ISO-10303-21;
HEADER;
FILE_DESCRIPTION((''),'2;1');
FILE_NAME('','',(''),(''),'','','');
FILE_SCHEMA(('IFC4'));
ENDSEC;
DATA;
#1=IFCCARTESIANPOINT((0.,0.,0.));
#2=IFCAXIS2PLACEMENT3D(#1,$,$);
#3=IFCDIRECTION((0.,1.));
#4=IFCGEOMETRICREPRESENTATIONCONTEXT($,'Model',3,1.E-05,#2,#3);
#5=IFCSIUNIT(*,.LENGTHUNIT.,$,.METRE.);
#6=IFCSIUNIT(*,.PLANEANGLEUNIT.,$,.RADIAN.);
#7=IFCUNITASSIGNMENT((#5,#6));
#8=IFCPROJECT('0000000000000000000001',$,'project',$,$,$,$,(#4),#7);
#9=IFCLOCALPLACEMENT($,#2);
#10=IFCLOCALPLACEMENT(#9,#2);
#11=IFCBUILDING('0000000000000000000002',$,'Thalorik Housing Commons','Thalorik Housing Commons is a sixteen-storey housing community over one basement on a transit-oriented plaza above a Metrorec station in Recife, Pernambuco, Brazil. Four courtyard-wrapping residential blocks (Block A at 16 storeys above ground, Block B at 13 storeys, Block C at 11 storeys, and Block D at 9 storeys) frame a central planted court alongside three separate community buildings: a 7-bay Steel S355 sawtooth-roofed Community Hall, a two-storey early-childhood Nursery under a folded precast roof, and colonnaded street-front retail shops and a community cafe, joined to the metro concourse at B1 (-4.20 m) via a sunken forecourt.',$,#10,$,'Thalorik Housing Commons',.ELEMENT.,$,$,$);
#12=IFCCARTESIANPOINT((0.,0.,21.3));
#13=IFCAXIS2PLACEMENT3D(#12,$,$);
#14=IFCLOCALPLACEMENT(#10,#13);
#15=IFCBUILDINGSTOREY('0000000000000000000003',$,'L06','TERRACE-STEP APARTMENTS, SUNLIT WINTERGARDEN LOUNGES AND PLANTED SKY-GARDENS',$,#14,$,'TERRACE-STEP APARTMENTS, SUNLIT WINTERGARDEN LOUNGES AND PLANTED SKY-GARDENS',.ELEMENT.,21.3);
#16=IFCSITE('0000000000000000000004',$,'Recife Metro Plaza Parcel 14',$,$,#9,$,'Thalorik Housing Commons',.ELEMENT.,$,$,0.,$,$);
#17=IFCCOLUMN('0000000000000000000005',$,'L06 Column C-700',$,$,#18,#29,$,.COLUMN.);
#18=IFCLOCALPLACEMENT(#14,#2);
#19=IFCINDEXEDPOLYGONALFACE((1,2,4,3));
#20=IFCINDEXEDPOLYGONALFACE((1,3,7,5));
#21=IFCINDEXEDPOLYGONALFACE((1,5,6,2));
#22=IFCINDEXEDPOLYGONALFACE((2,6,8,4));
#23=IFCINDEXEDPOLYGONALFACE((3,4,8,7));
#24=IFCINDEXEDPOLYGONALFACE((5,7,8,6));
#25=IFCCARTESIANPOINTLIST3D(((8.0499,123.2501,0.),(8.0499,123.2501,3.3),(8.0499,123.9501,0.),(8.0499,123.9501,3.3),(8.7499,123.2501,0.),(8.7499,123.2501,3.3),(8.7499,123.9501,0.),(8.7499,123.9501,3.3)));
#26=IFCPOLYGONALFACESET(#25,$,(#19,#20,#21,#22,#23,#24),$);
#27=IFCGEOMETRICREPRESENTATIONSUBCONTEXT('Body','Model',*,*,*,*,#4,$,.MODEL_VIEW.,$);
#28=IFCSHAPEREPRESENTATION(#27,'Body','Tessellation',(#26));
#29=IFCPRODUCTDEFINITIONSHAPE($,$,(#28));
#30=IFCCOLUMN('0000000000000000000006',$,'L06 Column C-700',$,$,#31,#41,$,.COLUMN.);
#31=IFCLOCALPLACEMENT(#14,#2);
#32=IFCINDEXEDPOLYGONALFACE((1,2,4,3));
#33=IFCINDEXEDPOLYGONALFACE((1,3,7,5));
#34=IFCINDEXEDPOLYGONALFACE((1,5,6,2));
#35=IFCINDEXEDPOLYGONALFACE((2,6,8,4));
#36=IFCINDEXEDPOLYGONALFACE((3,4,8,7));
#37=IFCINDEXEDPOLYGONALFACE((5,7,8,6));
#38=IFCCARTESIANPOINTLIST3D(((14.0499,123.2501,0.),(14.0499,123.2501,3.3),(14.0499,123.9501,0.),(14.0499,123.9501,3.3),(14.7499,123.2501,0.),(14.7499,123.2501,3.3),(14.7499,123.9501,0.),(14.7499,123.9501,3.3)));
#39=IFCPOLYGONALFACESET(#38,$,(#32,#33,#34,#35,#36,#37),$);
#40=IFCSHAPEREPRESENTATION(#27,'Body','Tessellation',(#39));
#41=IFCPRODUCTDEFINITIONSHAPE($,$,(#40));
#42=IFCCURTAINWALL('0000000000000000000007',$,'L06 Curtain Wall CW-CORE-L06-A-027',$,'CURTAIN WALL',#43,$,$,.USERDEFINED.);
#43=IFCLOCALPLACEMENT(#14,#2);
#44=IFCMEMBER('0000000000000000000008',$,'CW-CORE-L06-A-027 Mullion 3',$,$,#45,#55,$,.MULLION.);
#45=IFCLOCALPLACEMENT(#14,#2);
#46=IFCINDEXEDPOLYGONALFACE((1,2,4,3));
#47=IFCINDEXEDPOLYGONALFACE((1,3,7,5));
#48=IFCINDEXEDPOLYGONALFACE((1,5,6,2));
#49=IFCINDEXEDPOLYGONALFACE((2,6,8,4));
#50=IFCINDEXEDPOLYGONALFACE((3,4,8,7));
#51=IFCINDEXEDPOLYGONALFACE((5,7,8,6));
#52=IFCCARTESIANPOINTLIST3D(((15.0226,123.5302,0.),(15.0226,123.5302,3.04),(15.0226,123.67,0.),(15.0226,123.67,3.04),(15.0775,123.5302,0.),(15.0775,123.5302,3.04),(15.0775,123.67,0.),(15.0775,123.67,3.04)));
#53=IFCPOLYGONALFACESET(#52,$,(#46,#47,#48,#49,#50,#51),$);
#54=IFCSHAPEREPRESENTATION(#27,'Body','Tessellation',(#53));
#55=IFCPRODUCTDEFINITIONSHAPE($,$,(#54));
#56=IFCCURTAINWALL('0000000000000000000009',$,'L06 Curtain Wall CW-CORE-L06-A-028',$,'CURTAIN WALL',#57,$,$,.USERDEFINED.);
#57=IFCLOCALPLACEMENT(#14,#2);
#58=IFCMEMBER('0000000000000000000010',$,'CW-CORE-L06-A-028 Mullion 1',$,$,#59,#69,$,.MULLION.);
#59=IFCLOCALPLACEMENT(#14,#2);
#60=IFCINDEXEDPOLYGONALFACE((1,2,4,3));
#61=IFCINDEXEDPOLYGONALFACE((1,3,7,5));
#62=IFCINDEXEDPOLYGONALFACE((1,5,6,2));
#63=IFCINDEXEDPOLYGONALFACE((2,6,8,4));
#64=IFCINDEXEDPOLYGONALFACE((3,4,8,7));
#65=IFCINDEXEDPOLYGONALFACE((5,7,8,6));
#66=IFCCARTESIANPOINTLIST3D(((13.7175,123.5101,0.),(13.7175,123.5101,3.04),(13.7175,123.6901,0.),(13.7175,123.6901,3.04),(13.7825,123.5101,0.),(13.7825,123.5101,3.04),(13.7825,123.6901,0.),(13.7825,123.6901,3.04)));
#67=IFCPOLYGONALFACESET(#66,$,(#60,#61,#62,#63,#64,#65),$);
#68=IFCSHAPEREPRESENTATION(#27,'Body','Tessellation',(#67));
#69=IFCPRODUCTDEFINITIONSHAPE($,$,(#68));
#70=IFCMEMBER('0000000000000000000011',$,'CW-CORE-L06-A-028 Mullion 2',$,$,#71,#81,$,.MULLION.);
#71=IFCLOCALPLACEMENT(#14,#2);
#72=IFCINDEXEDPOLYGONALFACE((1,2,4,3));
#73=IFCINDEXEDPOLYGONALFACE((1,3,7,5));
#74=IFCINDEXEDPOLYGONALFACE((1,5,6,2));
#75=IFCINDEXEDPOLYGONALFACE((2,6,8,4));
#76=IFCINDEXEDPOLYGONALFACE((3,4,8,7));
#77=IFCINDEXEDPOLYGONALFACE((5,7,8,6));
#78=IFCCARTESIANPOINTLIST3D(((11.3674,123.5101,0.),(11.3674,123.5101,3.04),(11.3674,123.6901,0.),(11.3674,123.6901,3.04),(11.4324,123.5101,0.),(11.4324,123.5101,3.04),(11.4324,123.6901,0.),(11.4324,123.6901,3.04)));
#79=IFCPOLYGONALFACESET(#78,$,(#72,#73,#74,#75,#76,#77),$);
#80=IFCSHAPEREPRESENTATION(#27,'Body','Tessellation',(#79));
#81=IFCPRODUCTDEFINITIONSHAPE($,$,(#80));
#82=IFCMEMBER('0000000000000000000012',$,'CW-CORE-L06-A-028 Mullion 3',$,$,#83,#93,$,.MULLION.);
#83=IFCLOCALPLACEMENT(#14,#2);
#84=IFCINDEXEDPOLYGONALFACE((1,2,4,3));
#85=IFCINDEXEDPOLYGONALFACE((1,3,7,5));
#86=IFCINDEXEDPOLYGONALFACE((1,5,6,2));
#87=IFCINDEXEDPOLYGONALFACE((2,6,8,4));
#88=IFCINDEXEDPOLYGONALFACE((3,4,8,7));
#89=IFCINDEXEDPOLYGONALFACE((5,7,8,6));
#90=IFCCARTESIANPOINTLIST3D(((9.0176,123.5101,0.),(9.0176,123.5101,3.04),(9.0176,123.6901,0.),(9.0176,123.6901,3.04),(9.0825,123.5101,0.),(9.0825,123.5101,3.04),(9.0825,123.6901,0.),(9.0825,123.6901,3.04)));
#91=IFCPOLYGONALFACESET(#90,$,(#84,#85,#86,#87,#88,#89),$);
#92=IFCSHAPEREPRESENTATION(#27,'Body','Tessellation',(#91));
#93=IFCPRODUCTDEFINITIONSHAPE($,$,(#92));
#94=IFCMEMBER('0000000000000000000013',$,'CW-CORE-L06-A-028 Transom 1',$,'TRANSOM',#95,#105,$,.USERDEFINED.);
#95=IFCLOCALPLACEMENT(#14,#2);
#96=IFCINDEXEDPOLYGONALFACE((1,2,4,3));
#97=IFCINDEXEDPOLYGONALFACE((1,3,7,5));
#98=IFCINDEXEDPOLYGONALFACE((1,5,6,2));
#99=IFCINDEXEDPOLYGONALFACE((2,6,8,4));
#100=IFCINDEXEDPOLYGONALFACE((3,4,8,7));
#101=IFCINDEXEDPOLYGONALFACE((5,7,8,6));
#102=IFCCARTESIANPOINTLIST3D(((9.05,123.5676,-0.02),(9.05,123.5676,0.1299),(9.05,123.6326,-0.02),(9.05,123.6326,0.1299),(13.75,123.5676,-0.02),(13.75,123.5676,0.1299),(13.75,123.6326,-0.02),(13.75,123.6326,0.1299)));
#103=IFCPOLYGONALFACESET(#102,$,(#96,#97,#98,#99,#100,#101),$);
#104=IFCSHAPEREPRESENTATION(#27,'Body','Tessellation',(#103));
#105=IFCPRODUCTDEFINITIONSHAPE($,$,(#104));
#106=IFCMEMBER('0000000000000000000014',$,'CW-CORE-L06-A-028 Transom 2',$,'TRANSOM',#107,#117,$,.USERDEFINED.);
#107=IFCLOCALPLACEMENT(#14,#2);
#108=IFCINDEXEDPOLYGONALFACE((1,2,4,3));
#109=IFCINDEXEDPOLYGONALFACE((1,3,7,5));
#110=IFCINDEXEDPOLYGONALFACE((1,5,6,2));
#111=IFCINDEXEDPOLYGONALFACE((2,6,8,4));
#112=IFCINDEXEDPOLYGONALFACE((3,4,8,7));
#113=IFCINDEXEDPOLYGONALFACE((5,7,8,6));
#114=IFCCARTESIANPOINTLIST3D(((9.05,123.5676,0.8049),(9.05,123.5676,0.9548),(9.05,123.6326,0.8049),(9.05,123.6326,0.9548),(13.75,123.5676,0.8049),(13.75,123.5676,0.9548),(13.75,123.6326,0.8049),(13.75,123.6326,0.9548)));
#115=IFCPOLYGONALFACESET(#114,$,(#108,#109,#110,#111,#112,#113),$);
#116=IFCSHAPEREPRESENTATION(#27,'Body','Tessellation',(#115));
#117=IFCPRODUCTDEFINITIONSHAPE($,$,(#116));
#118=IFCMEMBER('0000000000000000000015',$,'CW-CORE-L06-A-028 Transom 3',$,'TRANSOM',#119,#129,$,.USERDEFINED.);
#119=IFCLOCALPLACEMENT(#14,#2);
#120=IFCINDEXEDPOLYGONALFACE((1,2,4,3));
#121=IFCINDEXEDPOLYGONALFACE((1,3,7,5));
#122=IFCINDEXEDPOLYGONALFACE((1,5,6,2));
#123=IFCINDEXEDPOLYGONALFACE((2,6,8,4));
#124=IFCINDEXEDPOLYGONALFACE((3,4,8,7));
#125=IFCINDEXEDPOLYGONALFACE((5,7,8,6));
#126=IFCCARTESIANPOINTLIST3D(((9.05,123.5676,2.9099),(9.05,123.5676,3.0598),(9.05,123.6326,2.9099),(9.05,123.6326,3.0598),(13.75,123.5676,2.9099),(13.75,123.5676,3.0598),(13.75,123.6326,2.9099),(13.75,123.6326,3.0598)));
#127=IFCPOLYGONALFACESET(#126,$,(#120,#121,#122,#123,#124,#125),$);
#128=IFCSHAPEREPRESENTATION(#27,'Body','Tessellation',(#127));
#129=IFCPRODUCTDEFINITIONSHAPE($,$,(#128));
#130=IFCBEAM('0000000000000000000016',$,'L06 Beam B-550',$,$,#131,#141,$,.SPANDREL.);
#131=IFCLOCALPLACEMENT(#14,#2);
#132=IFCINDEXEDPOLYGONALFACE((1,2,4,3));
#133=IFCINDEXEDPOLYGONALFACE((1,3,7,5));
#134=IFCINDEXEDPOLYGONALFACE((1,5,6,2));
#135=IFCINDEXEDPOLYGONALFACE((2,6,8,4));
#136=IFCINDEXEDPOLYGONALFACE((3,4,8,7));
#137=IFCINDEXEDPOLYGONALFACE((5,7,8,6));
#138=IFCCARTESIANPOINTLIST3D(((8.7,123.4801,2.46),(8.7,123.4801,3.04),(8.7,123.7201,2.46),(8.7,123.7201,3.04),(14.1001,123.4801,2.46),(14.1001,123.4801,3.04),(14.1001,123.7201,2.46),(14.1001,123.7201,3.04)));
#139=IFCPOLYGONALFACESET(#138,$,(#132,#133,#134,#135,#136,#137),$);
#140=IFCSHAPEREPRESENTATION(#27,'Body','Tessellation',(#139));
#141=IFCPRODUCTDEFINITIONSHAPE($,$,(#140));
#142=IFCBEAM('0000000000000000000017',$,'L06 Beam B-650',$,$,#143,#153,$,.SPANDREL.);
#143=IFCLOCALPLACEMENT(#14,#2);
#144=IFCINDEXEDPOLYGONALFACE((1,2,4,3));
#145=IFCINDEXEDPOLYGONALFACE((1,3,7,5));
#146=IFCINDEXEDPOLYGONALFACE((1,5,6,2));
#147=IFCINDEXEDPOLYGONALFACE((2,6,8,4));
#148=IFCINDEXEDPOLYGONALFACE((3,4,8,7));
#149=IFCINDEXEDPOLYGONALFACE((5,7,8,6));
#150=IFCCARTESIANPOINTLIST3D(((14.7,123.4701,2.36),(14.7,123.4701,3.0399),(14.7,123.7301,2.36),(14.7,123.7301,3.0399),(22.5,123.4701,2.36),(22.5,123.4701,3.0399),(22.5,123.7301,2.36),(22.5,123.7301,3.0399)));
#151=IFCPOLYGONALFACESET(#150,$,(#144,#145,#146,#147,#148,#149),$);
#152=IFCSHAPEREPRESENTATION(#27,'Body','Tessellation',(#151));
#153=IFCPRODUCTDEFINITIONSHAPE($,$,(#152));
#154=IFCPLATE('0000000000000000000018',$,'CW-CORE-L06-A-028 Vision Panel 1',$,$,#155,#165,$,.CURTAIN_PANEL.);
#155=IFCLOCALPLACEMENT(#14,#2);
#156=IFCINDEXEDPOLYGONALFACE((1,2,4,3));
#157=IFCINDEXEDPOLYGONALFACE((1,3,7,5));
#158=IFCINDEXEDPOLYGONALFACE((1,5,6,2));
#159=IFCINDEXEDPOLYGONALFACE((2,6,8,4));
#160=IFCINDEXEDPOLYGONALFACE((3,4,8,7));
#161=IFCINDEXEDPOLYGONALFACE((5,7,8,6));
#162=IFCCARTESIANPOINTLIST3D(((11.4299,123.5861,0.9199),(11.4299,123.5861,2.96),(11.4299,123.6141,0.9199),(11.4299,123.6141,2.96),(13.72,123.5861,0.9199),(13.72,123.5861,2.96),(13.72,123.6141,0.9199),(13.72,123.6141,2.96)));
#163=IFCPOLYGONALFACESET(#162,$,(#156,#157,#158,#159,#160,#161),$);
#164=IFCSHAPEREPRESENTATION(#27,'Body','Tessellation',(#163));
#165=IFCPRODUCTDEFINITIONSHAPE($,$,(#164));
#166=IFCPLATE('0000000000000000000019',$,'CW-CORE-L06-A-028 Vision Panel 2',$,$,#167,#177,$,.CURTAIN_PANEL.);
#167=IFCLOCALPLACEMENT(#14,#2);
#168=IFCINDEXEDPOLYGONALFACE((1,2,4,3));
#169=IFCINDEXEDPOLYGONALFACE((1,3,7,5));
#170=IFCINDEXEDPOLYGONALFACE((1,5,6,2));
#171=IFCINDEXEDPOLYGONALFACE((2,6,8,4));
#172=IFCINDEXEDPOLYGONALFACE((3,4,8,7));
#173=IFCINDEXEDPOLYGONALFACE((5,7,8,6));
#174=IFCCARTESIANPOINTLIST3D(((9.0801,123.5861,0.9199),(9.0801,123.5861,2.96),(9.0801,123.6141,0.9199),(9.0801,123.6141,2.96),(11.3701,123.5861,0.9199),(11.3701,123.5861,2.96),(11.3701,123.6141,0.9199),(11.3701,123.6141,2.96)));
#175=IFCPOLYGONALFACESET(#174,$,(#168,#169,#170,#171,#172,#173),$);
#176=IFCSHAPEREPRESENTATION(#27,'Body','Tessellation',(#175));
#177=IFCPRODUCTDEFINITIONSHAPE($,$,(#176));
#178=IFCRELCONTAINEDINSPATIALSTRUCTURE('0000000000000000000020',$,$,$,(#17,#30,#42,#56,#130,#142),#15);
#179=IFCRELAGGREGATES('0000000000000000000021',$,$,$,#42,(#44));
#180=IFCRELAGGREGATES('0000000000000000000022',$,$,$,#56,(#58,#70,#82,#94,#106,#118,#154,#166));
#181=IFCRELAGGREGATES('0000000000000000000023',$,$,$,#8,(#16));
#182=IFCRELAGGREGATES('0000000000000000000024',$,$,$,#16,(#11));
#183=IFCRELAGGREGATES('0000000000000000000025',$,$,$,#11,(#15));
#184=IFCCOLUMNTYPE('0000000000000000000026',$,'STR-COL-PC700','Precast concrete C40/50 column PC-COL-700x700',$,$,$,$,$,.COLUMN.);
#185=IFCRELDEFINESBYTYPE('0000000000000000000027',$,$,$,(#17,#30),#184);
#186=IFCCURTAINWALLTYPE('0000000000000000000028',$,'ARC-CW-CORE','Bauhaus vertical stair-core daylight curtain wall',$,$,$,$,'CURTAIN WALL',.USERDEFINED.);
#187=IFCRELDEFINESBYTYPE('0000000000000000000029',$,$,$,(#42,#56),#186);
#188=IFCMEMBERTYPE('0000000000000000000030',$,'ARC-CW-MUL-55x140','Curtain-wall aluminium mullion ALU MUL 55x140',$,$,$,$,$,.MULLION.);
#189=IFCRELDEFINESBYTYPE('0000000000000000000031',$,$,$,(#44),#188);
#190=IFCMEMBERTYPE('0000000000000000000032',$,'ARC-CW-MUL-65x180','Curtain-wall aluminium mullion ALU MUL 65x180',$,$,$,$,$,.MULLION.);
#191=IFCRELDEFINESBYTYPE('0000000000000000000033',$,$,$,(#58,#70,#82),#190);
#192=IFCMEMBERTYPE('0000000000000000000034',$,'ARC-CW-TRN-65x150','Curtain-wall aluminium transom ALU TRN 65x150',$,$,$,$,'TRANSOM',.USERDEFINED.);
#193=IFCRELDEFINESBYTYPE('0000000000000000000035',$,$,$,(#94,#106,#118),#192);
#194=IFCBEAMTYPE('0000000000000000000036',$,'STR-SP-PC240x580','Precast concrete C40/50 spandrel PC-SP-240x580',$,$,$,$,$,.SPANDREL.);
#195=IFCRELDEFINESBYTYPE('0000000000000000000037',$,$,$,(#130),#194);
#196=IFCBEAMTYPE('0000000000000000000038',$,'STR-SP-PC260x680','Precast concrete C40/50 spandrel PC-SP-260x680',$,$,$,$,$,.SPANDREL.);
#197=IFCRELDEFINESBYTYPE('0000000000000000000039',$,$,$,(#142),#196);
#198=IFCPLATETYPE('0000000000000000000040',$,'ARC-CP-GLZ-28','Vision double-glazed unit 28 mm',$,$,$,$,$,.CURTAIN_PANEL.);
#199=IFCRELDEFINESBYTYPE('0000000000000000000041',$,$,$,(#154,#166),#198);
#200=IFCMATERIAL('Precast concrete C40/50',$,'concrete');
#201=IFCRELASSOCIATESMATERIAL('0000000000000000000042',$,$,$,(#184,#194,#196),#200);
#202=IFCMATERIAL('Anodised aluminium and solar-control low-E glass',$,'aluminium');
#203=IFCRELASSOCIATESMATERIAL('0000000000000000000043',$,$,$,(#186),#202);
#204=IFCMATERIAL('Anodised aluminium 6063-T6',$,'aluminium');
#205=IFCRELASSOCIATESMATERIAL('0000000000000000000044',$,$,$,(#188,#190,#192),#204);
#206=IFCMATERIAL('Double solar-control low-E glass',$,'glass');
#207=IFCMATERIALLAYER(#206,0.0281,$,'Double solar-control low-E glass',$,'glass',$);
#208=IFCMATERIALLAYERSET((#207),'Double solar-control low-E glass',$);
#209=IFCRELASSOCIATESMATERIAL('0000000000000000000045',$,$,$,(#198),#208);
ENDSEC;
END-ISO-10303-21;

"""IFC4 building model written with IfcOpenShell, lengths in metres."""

from ifc_helpers import new_model, si_unit, direction, frame, origin, origin_2d, place, context, subcontext, project, spatial, rectangle, extrude, material, layer, layer_set, material_profile, profile_set, type_object, element, aggregate, save


model = new_model("IFC4")

# Units and contexts
model_context = context("Model", 3, precision=1e-05, world=origin(), true_north=direction((0.0, 1.0)))
body_context = subcontext(model_context, "Body", "Model", "MODEL_VIEW")
ifc_project = project(units=[si_unit("LENGTHUNIT", "METRE"), si_unit("PLANEANGLEUNIT", "RADIAN")], contexts=[model_context])

# Site, building, storey
site_placement = place(None, origin())
site = spatial("IfcSite", under=ifc_project, at=site_placement, Name="Recife Metro Plaza Parcel 14", LongName="Thalorik Housing Commons", CompositionType="ELEMENT", RefElevation=0.0)
building_placement = place(site_placement, origin())
building = spatial("IfcBuilding", under=site, at=building_placement, Name="Thalorik Housing Commons", Description="Thalorik Housing Commons is a sixteen-storey housing community over one basement on a transit-oriented plaza above a Metrorec station in Recife, Pernambuco, Brazil. Four courtyard-wrapping residential blocks (Block A at 16 storeys above ground, Block B at 13 storeys, Block C at 11 storeys, and Block D at 9 storeys) frame a central planted court alongside three separate community buildings: a 7-bay Steel S355 sawtooth-roofed Community Hall, a two-storey early-childhood Nursery under a folded precast roof, and colonnaded street-front retail shops and a community cafe, joined to the metro concourse at B1 (-4.20 m) via a sunken forecourt.", LongName="Thalorik Housing Commons", CompositionType="ELEMENT")
storey_placement = place(building_placement, frame((0.0, 0.0, 21.3)))
storey = spatial("IfcBuildingStorey", under=building, at=storey_placement, Name="L06", Description="TERRACE-STEP APARTMENTS, SUNLIT WINTERGARDEN LOUNGES AND PLANTED SKY-GARDENS", LongName="TERRACE-STEP APARTMENTS, SUNLIT WINTERGARDEN LOUNGES AND PLANTED SKY-GARDENS", CompositionType="ELEMENT", Elevation=21.3)

# Columns
ifc_material_1 = material(Name="Precast concrete C40/50", Category="concrete")
ifc_material_profile_1 = material_profile(ifc_material_1, rectangle(XDim=0.7, YDim=0.7, at=origin_2d()), Name="PC 700x700", Category="concrete")
ifc_profile_set_1 = profile_set([ifc_material_profile_1], Name="Precast concrete C40/50")
column_type = type_object("IfcColumnType", Name="STR-COL-PC700", Description="Precast concrete C40/50 column PC-COL-700x700", PredefinedType="COLUMN", material=ifc_profile_set_1)
for number, where, z_axis, x_axis, name in (
    (1, (8.3999, 123.6001, 0.0), (0.0, 0.0, 1.0), (1.0, 0.0, 0.0), "L06 Column C-700"),
    (2, (14.3999, 123.6001, 0.0), (0.0, 0.0, 1.0), (1.0, 0.0, 0.0), "L06 Column C-700"),
):
    element("IfcColumn", number, at=place(storey_placement, frame(where, z_axis=z_axis, x_axis=x_axis)), inside=storey, type_object=column_type, Name=name, PredefinedType="COLUMN", context=body_context, shape_type="SweptSolid", body=[
        extrude(rectangle(XDim=0.7, YDim=0.7, at=origin_2d()), origin(), (0.0, 0.0, 1.0), 3.3),
    ])

# Curtain wall, member
ifc_material_2 = material(Name="Anodised aluminium and solar-control low-E glass", Category="aluminium")
curtain_wall_type = type_object("IfcCurtainWallType", Name="ARC-CW-CORE", Description="Bauhaus vertical stair-core daylight curtain wall", ElementType="CURTAIN WALL", PredefinedType="USERDEFINED", material=ifc_material_2)
curtain_wall_1_placement = place(storey_placement, origin())
curtain_wall_1 = element("IfcCurtainWall", 3, at=curtain_wall_1_placement, inside=storey, type_object=curtain_wall_type, Name="L06 Curtain Wall CW-CORE-L06-A-027", ObjectType="CURTAIN WALL", PredefinedType="USERDEFINED")
ifc_material_3 = material(Name="Anodised aluminium 6063-T6", Category="aluminium")
ifc_material_profile_2 = material_profile(ifc_material_3, rectangle(XDim=0.0549, YDim=0.1399, at=origin_2d()), Name="ALU MUL 55x140", Category="aluminium")
ifc_profile_set_2 = profile_set([ifc_material_profile_2], Name="Anodised aluminium 6063-T6")
member_type_1 = type_object("IfcMemberType", Name="ARC-CW-MUL-55x140", Description="Curtain-wall aluminium mullion ALU MUL 55x140", PredefinedType="MULLION", material=ifc_profile_set_2)
member_1_placement = place(storey_placement, frame((15.05, 123.6001, 0.0), z_axis=(0.0, 0.0, 1.0), x_axis=(-1.0, 0.0, 0.0)))
member_1 = element("IfcMember", 4, at=member_1_placement, type_object=member_type_1, Name="CW-CORE-L06-A-027 Mullion 3", PredefinedType="MULLION", context=body_context, shape_type="SweptSolid", body=[
    extrude(rectangle(XDim=0.0549, YDim=0.1399, at=origin_2d()), origin(), (0.0, 0.0, 1.0), 3.04),
])
aggregate(curtain_wall_1, [member_1])

# Curtain wall, members
curtain_wall_2_placement = place(storey_placement, origin())
curtain_wall_2 = element("IfcCurtainWall", 5, at=curtain_wall_2_placement, inside=storey, type_object=curtain_wall_type, Name="L06 Curtain Wall CW-CORE-L06-A-028", ObjectType="CURTAIN WALL", PredefinedType="USERDEFINED")
ifc_material_profile_3 = material_profile(ifc_material_3, rectangle(XDim=0.0649, YDim=0.1799, at=origin_2d()), Name="ALU MUL 65x180", Category="aluminium")
ifc_profile_set_3 = profile_set([ifc_material_profile_3], Name="Anodised aluminium 6063-T6")
member_type_2 = type_object("IfcMemberType", Name="ARC-CW-MUL-65x180", Description="Curtain-wall aluminium mullion ALU MUL 65x180", PredefinedType="MULLION", material=ifc_profile_set_3)
member_2_placement = place(storey_placement, frame((13.75, 123.6001, 0.0), z_axis=(0.0, 0.0, 1.0), x_axis=(-1.0, 0.0, 0.0)))
member_2 = element("IfcMember", 6, at=member_2_placement, type_object=member_type_2, Name="CW-CORE-L06-A-028 Mullion 1", PredefinedType="MULLION", context=body_context, shape_type="SweptSolid", body=[
    extrude(rectangle(XDim=0.0649, YDim=0.1799, at=origin_2d()), origin(), (0.0, 0.0, 1.0), 3.04),
])
member_3_placement = place(storey_placement, frame((11.3999, 123.6001, 0.0), z_axis=(0.0, 0.0, 1.0), x_axis=(-1.0, 0.0, 0.0)))
member_3 = element("IfcMember", 7, at=member_3_placement, type_object=member_type_2, Name="CW-CORE-L06-A-028 Mullion 2", PredefinedType="MULLION", context=body_context, shape_type="SweptSolid", body=[
    extrude(rectangle(XDim=0.0649, YDim=0.1799, at=origin_2d()), origin(), (0.0, 0.0, 1.0), 3.04),
])
member_4_placement = place(storey_placement, frame((9.05, 123.6001, 0.0), z_axis=(0.0, 0.0, 1.0), x_axis=(-1.0, 0.0, 0.0)))
member_4 = element("IfcMember", 8, at=member_4_placement, type_object=member_type_2, Name="CW-CORE-L06-A-028 Mullion 3", PredefinedType="MULLION", context=body_context, shape_type="SweptSolid", body=[
    extrude(rectangle(XDim=0.0649, YDim=0.1799, at=origin_2d()), origin(), (0.0, 0.0, 1.0), 3.04),
])
ifc_material_profile_4 = material_profile(ifc_material_3, rectangle(XDim=0.0649, YDim=0.1499, at=origin_2d()), Name="ALU TRN 65x150", Category="aluminium")
ifc_profile_set_4 = profile_set([ifc_material_profile_4], Name="Anodised aluminium 6063-T6")
member_type_3 = type_object("IfcMemberType", Name="ARC-CW-TRN-65x150", Description="Curtain-wall aluminium transom ALU TRN 65x150", ElementType="TRANSOM", PredefinedType="USERDEFINED", material=ifc_profile_set_4)
member_5_placement = place(storey_placement, frame((13.75, 123.6001, 0.0549), z_axis=(-1.0, 0.0, 0.0), x_axis=(0.0, -1.0, 0.0)))
member_5 = element("IfcMember", 9, at=member_5_placement, type_object=member_type_3, Name="CW-CORE-L06-A-028 Transom 1", ObjectType="TRANSOM", PredefinedType="USERDEFINED", context=body_context, shape_type="SweptSolid", body=[
    extrude(rectangle(XDim=0.0649, YDim=0.1499, at=origin_2d()), origin(), (0.0, 0.0, 1.0), 4.7),
])
member_6_placement = place(storey_placement, frame((13.75, 123.6001, 0.8799), z_axis=(-1.0, 0.0, 0.0), x_axis=(0.0, -1.0, 0.0)))
member_6 = element("IfcMember", 10, at=member_6_placement, type_object=member_type_3, Name="CW-CORE-L06-A-028 Transom 2", ObjectType="TRANSOM", PredefinedType="USERDEFINED", context=body_context, shape_type="SweptSolid", body=[
    extrude(rectangle(XDim=0.0649, YDim=0.1499, at=origin_2d()), origin(), (0.0, 0.0, 1.0), 4.7),
])
member_7_placement = place(storey_placement, frame((13.75, 123.6001, 2.9849), z_axis=(-1.0, 0.0, 0.0), x_axis=(0.0, -1.0, 0.0)))
member_7 = element("IfcMember", 11, at=member_7_placement, type_object=member_type_3, Name="CW-CORE-L06-A-028 Transom 3", ObjectType="TRANSOM", PredefinedType="USERDEFINED", context=body_context, shape_type="SweptSolid", body=[
    extrude(rectangle(XDim=0.0649, YDim=0.1499, at=origin_2d()), origin(), (0.0, 0.0, 1.0), 4.7),
])

# Beams
ifc_material_profile_5 = material_profile(ifc_material_1, rectangle(XDim=0.24, YDim=0.5801, at=origin_2d()), Name="PC SP 240x580", Category="concrete")
ifc_profile_set_5 = profile_set([ifc_material_profile_5], Name="Precast concrete C40/50")
beam_type_1 = type_object("IfcBeamType", Name="STR-SP-PC240x580", Description="Precast concrete C40/50 spandrel PC-SP-240x580", PredefinedType="SPANDREL", material=ifc_profile_set_5)
beam_1_placement = place(storey_placement, frame((8.7, 123.6001, 2.75), z_axis=(1.0, 0.0, 0.0), x_axis=(0.0, 1.0, 0.0)))
element("IfcBeam", 12, at=beam_1_placement, inside=storey, type_object=beam_type_1, Name="L06 Beam B-550", PredefinedType="SPANDREL", context=body_context, shape_type="SweptSolid", body=[
    extrude(rectangle(XDim=0.24, YDim=0.5801, at=origin_2d()), origin(), (0.0, 0.0, 1.0), 5.4001),
])
ifc_material_profile_6 = material_profile(ifc_material_1, rectangle(XDim=0.26, YDim=0.6799, at=origin_2d()), Name="PC SP 260x680", Category="concrete")
ifc_profile_set_6 = profile_set([ifc_material_profile_6], Name="Precast concrete C40/50")
beam_type_2 = type_object("IfcBeamType", Name="STR-SP-PC260x680", Description="Precast concrete C40/50 spandrel PC-SP-260x680", PredefinedType="SPANDREL", material=ifc_profile_set_6)
beam_2_placement = place(storey_placement, frame((14.7, 123.6001, 2.7), z_axis=(1.0, 0.0, 0.0), x_axis=(0.0, 1.0, 0.0)))
element("IfcBeam", 13, at=beam_2_placement, inside=storey, type_object=beam_type_2, Name="L06 Beam B-650", PredefinedType="SPANDREL", context=body_context, shape_type="SweptSolid", body=[
    extrude(rectangle(XDim=0.26, YDim=0.6799, at=origin_2d()), origin(), (0.0, 0.0, 1.0), 7.8),
])

# Plates
ifc_material_4 = material(Name="Double solar-control low-E glass", Category="glass")
ifc_layer_1 = layer(ifc_material_4, 0.0281, Name="Double solar-control low-E glass", Category="glass")
ifc_layer_set_1 = layer_set([ifc_layer_1], Name="Double solar-control low-E glass")
plate_type_1 = type_object("IfcPlateType", Name="ARC-CP-GLZ-28", Description="Vision double-glazed unit 28 mm", PredefinedType="CURTAIN_PANEL", material=ifc_layer_set_1)
plate_1_placement = place(storey_placement, frame((12.575, 123.6001, 0.9199), z_axis=(0.0, 0.0, 1.0), x_axis=(-1.0, 0.0, 0.0)))
plate_1 = element("IfcPlate", 14, at=plate_1_placement, type_object=plate_type_1, Name="CW-CORE-L06-A-028 Vision Panel 1", PredefinedType="CURTAIN_PANEL", context=body_context, shape_type="SweptSolid", body=[
    extrude(rectangle(XDim=2.29, YDim=0.0281, at=origin_2d()), origin(), (0.0, 0.0, 1.0), 2.04),
])
plate_2_placement = place(storey_placement, frame((10.2251, 123.6001, 0.9199), z_axis=(0.0, 0.0, 1.0), x_axis=(-1.0, 0.0, 0.0)))
plate_2 = element("IfcPlate", 15, at=plate_2_placement, type_object=plate_type_1, Name="CW-CORE-L06-A-028 Vision Panel 2", PredefinedType="CURTAIN_PANEL", context=body_context, shape_type="SweptSolid", body=[
    extrude(rectangle(XDim=2.29, YDim=0.0281, at=origin_2d()), origin(), (0.0, 0.0, 1.0), 2.04),
])
aggregate(curtain_wall_2, [member_2, member_3, member_4, member_5, member_6, member_7, plate_1, plate_2])

save(model, "model.ifc")
